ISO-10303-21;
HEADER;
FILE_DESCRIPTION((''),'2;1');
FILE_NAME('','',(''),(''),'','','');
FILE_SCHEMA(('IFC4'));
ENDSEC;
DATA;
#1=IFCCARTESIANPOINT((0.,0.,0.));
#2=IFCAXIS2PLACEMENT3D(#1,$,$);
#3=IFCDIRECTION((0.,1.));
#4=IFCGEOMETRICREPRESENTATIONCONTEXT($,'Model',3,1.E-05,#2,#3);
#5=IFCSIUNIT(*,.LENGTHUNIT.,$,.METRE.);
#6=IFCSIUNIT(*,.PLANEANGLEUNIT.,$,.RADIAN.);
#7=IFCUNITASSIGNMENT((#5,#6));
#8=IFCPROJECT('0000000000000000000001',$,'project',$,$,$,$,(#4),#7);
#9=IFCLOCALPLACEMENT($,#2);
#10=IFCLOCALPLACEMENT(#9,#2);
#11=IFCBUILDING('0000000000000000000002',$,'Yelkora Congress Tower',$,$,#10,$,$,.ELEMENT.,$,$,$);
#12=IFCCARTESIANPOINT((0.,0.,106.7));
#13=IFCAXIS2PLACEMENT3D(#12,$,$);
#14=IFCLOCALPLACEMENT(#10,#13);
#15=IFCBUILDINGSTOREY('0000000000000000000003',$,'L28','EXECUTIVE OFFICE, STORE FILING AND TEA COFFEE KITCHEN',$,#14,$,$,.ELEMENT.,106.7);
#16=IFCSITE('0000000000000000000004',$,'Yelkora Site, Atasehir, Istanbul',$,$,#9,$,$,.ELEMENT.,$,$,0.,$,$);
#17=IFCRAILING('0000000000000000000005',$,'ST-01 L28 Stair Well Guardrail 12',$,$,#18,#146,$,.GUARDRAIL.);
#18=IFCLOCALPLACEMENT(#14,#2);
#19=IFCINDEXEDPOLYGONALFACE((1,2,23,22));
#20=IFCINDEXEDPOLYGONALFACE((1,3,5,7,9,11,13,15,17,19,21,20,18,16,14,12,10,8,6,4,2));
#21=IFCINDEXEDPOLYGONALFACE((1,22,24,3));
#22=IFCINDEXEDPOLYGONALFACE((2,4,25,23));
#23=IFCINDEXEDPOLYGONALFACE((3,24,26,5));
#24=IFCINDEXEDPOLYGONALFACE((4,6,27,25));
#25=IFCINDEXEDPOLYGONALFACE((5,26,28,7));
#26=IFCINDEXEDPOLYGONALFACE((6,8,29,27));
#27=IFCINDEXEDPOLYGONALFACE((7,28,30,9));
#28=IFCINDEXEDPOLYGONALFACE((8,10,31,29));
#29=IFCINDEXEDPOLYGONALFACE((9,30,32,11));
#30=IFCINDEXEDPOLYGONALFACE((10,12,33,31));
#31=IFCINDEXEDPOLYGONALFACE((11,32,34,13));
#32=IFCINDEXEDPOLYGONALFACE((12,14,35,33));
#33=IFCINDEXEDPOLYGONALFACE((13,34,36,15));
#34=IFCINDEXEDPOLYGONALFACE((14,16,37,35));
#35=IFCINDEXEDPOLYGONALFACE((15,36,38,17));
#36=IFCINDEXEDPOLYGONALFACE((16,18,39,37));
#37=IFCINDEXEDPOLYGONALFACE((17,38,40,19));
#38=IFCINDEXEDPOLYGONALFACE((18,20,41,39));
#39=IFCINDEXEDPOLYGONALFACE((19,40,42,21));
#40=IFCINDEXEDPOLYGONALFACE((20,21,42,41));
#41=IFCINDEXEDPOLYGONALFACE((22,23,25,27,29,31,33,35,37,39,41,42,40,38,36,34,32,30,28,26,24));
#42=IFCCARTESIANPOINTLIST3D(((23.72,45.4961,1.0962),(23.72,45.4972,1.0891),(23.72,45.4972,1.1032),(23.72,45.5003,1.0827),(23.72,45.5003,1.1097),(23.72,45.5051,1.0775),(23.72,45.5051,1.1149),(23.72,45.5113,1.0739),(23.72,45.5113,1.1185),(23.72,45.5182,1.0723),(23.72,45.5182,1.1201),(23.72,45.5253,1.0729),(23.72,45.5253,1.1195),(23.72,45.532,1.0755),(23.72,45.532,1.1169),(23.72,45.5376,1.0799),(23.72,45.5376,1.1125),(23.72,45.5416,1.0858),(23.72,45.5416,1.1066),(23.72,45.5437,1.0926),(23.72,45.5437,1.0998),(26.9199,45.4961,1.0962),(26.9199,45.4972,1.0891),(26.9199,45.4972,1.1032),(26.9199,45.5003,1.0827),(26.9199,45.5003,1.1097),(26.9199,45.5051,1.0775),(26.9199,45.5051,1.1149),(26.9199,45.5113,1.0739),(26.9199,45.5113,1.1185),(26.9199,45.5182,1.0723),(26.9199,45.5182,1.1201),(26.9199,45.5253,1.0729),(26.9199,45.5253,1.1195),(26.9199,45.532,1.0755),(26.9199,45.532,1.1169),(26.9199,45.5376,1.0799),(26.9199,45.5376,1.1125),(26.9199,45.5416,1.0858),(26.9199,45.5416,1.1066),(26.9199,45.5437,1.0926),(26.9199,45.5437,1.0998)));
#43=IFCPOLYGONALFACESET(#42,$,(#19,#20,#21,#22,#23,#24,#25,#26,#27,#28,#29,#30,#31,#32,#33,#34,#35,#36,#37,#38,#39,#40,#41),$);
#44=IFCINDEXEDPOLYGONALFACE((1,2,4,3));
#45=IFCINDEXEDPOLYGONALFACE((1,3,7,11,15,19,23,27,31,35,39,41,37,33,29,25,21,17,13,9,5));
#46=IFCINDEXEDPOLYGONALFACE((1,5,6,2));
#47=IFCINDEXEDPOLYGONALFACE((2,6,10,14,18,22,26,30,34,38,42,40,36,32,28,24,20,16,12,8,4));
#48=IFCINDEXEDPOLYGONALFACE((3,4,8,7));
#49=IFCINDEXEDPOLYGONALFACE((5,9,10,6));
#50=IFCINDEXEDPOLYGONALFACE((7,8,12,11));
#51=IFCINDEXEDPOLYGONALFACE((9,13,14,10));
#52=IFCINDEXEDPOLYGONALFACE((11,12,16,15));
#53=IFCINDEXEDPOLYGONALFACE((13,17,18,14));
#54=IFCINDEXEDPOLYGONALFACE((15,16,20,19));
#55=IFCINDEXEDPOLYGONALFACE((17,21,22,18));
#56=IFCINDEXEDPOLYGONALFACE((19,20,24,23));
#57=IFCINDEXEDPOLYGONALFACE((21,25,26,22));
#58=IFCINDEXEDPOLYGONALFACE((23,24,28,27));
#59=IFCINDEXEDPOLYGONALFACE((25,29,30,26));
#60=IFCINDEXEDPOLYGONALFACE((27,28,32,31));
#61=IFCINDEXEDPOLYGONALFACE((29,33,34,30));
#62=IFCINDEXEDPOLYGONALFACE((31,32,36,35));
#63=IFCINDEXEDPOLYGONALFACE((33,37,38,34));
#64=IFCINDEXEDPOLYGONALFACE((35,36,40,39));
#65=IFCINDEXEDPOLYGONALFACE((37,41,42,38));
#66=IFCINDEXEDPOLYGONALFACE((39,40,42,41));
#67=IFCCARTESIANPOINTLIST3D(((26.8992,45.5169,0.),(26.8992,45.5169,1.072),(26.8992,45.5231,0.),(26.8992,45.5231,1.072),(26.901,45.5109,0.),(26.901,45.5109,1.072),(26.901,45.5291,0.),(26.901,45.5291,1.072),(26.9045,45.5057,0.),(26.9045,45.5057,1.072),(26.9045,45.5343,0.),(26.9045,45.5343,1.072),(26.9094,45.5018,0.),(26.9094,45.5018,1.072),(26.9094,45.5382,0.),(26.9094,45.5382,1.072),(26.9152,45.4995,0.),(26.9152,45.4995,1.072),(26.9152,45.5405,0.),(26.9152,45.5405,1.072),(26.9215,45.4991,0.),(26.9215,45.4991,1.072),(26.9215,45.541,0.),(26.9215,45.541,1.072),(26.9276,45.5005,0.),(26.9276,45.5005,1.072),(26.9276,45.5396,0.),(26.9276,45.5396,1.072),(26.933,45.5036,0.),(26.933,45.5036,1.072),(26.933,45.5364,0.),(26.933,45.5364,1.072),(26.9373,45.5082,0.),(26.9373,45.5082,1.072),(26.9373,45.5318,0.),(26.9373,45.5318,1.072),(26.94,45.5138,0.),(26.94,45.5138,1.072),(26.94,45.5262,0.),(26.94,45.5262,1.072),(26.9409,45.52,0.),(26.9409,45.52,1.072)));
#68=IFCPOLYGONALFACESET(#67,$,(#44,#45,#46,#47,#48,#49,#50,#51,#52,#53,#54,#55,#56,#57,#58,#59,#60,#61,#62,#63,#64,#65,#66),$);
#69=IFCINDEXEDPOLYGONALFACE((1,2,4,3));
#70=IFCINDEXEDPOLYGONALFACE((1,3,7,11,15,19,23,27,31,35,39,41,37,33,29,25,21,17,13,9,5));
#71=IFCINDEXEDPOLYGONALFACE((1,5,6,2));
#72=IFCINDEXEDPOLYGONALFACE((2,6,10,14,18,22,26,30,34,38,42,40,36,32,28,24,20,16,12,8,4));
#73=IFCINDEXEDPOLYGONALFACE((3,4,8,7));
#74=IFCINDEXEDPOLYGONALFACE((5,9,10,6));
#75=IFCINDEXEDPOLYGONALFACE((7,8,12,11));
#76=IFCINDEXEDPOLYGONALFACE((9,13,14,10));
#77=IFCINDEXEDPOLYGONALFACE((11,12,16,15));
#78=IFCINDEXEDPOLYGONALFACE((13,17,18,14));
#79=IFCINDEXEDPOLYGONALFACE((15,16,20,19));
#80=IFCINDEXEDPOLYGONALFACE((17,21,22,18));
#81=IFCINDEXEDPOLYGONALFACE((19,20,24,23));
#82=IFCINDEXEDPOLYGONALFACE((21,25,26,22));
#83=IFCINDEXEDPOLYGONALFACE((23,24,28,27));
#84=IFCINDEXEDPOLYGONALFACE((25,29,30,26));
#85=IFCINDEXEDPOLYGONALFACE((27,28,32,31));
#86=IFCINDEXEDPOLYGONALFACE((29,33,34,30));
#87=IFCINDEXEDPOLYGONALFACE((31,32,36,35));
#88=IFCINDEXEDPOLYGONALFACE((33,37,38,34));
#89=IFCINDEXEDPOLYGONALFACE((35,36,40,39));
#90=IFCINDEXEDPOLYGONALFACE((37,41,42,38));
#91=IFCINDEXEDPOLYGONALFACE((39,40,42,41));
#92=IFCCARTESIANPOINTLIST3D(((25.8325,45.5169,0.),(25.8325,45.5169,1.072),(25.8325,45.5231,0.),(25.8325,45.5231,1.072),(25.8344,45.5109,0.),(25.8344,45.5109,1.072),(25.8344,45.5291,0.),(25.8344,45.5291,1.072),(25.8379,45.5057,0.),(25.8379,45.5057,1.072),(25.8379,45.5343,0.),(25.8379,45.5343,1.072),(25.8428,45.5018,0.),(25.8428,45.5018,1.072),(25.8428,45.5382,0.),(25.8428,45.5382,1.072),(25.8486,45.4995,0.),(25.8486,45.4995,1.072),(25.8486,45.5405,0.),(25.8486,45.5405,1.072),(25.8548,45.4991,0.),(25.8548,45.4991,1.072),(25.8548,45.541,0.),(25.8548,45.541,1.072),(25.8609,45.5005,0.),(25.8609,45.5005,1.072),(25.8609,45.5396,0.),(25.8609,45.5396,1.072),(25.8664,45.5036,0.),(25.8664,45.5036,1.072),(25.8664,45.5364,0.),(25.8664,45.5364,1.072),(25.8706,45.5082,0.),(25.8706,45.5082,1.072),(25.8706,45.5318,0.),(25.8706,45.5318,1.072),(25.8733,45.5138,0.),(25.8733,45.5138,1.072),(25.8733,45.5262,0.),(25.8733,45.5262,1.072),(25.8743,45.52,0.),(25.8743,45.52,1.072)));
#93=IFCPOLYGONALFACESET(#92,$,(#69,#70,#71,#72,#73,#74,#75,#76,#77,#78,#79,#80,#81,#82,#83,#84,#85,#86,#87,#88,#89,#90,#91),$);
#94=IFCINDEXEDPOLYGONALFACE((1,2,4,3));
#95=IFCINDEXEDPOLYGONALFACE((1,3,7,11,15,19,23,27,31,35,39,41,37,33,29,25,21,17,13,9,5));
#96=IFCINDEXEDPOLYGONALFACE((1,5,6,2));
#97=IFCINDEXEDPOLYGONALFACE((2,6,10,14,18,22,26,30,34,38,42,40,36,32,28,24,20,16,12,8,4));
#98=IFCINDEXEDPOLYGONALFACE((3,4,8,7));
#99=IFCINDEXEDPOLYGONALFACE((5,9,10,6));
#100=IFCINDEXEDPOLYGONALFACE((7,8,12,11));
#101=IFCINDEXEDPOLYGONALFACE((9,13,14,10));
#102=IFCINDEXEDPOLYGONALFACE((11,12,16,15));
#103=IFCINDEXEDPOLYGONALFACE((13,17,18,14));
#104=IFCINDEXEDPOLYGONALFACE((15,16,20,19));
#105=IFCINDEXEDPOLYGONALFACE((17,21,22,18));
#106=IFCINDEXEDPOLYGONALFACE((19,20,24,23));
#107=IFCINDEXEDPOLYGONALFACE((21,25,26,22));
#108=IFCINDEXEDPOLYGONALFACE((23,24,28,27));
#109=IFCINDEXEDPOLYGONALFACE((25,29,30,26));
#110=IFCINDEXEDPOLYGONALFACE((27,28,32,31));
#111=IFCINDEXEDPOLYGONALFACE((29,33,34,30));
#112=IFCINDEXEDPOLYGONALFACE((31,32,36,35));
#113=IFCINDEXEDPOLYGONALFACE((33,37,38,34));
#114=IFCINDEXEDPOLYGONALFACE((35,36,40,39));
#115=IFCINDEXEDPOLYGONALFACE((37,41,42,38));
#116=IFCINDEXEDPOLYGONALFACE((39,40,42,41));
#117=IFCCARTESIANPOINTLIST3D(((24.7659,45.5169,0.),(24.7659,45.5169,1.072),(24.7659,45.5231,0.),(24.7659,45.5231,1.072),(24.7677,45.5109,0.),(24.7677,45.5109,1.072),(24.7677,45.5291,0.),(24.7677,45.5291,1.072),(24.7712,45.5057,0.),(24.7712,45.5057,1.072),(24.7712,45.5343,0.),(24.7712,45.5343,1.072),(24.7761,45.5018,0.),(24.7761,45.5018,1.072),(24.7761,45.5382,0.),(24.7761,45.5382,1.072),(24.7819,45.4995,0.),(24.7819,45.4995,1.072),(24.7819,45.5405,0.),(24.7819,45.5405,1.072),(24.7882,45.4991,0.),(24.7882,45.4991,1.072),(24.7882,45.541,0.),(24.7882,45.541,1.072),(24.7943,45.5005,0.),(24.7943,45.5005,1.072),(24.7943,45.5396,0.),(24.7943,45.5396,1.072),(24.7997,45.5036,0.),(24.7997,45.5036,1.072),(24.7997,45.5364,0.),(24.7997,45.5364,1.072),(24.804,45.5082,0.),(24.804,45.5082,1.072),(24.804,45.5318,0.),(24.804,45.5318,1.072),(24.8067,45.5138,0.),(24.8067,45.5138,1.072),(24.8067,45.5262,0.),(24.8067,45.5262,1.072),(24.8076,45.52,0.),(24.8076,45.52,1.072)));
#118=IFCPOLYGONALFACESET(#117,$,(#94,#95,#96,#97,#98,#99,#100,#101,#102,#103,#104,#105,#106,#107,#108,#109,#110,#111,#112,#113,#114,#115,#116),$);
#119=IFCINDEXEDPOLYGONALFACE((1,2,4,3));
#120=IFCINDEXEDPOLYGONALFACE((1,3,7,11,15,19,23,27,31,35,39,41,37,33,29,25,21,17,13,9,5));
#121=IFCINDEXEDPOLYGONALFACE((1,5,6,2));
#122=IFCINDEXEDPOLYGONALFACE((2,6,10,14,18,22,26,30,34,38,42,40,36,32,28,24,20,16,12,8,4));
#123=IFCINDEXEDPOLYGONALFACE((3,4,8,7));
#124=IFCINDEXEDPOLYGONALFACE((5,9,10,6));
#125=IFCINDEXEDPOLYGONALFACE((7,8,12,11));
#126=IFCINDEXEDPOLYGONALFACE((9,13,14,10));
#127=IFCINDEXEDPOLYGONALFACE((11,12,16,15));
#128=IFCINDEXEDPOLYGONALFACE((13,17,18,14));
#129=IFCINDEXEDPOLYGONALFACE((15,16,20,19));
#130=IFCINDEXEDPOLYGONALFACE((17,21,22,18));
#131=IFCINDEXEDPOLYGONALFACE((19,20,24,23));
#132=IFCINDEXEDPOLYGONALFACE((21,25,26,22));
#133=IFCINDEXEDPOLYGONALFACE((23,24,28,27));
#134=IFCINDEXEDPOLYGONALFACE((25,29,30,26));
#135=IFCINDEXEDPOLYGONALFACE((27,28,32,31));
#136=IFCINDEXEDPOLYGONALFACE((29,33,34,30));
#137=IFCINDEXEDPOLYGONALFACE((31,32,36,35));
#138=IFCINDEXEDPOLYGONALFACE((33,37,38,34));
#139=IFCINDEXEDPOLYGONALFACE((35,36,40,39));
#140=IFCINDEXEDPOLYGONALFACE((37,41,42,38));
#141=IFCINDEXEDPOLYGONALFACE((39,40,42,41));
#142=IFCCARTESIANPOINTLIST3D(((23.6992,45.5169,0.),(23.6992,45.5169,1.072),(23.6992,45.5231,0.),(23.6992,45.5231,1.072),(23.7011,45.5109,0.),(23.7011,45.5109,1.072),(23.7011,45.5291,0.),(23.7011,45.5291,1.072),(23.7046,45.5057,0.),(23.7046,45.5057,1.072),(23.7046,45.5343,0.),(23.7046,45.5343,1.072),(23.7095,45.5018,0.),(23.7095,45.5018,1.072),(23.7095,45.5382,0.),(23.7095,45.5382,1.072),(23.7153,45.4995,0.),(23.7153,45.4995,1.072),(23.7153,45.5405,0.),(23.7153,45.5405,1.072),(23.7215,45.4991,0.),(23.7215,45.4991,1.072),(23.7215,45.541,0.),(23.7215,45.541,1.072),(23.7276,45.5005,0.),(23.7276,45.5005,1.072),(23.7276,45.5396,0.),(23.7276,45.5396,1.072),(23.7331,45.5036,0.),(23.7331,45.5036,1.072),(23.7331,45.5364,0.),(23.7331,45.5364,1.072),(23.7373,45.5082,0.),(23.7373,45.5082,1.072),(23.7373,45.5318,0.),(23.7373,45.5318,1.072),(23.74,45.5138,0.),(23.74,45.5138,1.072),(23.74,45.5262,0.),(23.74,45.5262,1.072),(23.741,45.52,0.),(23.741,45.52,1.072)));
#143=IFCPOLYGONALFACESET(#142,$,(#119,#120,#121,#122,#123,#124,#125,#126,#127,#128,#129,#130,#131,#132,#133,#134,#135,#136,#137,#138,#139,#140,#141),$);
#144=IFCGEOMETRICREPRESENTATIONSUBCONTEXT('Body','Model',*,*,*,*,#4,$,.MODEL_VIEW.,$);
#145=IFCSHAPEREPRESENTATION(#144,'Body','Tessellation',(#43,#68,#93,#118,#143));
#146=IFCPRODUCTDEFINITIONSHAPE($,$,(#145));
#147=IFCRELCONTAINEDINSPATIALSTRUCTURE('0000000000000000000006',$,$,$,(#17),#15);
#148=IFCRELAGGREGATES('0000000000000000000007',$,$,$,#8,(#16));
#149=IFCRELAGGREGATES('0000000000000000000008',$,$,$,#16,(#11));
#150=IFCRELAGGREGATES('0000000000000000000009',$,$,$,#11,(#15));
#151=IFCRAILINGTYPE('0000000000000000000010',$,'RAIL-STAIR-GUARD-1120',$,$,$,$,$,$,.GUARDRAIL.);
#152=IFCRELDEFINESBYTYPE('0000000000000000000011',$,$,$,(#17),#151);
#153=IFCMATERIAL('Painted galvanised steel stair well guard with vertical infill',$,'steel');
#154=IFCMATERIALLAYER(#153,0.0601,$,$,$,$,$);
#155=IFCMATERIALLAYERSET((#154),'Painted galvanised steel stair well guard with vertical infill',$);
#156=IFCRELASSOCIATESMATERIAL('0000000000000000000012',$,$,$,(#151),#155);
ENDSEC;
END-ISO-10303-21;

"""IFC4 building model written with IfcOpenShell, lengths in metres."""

from ifc_helpers import new_model, si_unit, direction, frame, origin, origin_2d, place, context, subcontext, project, spatial, circle, extrude, material, layer, layer_set, type_object, element, save


model = new_model("IFC4")

# Units and contexts
model_context = context("Model", 3, precision=1e-05, world=origin(), true_north=direction((0.0, 1.0)))
body_context = subcontext(model_context, "Body", "Model", "MODEL_VIEW")
ifc_project = project(units=[si_unit("LENGTHUNIT", "METRE"), si_unit("PLANEANGLEUNIT", "RADIAN")], contexts=[model_context])

# Site, building, storey
site_placement = place(None, origin())
site = spatial("IfcSite", under=ifc_project, at=site_placement, Name="Yelkora Site, Atasehir, Istanbul", CompositionType="ELEMENT", RefElevation=0.0)
building_placement = place(site_placement, origin())
building = spatial("IfcBuilding", under=site, at=building_placement, Name="Yelkora Congress Tower", CompositionType="ELEMENT")
storey_placement = place(building_placement, frame((0.0, 0.0, 106.7)))
storey = spatial("IfcBuildingStorey", under=building, at=storey_placement, Name="L28", Description="EXECUTIVE OFFICE, STORE FILING AND TEA COFFEE KITCHEN", CompositionType="ELEMENT", Elevation=106.7)

# Railing
ifc_material_1 = material(Name="Painted galvanised steel stair well guard with vertical infill", Category="steel")
ifc_layer_1 = layer(ifc_material_1, 0.0601)
ifc_layer_set_1 = layer_set([ifc_layer_1], Name="Painted galvanised steel stair well guard with vertical infill")
railing_type_1 = type_object("IfcRailingType", Name="RAIL-STAIR-GUARD-1120", PredefinedType="GUARDRAIL", material=ifc_layer_set_1)
railing_1_placement = place(storey_placement, frame((26.9199, 45.52, 0.0)))
element("IfcRailing", 1, at=railing_1_placement, inside=storey, type_object=railing_type_1, Name="ST-01 L28 Stair Well Guardrail 12", PredefinedType="GUARDRAIL", context=body_context, shape_type="SweptSolid", body=[
    extrude(circle(Radius=0.0239, at=origin_2d()), frame((0.0, 0.0, 1.0962), z_axis=(-1.0, 0.0, 0.0), x_axis=(0.0, -1.0, 0.0)), (0.0, 0.0, 1.0), 3.2),
    extrude(circle(Radius=0.021, at=origin_2d()), origin(), (0.0, 0.0, 1.0), 1.072),
    extrude(circle(Radius=0.021, at=origin_2d()), frame((-1.0667, 0.0, 0.0)), (0.0, 0.0, 1.0), 1.072),
    extrude(circle(Radius=0.021, at=origin_2d()), frame((-2.1333, 0.0, 0.0)), (0.0, 0.0, 1.0), 1.072),
    extrude(circle(Radius=0.021, at=origin_2d()), frame((-3.2, 0.0, 0.0)), (0.0, 0.0, 1.0), 1.072),
])

save(model, "model.ifc")
